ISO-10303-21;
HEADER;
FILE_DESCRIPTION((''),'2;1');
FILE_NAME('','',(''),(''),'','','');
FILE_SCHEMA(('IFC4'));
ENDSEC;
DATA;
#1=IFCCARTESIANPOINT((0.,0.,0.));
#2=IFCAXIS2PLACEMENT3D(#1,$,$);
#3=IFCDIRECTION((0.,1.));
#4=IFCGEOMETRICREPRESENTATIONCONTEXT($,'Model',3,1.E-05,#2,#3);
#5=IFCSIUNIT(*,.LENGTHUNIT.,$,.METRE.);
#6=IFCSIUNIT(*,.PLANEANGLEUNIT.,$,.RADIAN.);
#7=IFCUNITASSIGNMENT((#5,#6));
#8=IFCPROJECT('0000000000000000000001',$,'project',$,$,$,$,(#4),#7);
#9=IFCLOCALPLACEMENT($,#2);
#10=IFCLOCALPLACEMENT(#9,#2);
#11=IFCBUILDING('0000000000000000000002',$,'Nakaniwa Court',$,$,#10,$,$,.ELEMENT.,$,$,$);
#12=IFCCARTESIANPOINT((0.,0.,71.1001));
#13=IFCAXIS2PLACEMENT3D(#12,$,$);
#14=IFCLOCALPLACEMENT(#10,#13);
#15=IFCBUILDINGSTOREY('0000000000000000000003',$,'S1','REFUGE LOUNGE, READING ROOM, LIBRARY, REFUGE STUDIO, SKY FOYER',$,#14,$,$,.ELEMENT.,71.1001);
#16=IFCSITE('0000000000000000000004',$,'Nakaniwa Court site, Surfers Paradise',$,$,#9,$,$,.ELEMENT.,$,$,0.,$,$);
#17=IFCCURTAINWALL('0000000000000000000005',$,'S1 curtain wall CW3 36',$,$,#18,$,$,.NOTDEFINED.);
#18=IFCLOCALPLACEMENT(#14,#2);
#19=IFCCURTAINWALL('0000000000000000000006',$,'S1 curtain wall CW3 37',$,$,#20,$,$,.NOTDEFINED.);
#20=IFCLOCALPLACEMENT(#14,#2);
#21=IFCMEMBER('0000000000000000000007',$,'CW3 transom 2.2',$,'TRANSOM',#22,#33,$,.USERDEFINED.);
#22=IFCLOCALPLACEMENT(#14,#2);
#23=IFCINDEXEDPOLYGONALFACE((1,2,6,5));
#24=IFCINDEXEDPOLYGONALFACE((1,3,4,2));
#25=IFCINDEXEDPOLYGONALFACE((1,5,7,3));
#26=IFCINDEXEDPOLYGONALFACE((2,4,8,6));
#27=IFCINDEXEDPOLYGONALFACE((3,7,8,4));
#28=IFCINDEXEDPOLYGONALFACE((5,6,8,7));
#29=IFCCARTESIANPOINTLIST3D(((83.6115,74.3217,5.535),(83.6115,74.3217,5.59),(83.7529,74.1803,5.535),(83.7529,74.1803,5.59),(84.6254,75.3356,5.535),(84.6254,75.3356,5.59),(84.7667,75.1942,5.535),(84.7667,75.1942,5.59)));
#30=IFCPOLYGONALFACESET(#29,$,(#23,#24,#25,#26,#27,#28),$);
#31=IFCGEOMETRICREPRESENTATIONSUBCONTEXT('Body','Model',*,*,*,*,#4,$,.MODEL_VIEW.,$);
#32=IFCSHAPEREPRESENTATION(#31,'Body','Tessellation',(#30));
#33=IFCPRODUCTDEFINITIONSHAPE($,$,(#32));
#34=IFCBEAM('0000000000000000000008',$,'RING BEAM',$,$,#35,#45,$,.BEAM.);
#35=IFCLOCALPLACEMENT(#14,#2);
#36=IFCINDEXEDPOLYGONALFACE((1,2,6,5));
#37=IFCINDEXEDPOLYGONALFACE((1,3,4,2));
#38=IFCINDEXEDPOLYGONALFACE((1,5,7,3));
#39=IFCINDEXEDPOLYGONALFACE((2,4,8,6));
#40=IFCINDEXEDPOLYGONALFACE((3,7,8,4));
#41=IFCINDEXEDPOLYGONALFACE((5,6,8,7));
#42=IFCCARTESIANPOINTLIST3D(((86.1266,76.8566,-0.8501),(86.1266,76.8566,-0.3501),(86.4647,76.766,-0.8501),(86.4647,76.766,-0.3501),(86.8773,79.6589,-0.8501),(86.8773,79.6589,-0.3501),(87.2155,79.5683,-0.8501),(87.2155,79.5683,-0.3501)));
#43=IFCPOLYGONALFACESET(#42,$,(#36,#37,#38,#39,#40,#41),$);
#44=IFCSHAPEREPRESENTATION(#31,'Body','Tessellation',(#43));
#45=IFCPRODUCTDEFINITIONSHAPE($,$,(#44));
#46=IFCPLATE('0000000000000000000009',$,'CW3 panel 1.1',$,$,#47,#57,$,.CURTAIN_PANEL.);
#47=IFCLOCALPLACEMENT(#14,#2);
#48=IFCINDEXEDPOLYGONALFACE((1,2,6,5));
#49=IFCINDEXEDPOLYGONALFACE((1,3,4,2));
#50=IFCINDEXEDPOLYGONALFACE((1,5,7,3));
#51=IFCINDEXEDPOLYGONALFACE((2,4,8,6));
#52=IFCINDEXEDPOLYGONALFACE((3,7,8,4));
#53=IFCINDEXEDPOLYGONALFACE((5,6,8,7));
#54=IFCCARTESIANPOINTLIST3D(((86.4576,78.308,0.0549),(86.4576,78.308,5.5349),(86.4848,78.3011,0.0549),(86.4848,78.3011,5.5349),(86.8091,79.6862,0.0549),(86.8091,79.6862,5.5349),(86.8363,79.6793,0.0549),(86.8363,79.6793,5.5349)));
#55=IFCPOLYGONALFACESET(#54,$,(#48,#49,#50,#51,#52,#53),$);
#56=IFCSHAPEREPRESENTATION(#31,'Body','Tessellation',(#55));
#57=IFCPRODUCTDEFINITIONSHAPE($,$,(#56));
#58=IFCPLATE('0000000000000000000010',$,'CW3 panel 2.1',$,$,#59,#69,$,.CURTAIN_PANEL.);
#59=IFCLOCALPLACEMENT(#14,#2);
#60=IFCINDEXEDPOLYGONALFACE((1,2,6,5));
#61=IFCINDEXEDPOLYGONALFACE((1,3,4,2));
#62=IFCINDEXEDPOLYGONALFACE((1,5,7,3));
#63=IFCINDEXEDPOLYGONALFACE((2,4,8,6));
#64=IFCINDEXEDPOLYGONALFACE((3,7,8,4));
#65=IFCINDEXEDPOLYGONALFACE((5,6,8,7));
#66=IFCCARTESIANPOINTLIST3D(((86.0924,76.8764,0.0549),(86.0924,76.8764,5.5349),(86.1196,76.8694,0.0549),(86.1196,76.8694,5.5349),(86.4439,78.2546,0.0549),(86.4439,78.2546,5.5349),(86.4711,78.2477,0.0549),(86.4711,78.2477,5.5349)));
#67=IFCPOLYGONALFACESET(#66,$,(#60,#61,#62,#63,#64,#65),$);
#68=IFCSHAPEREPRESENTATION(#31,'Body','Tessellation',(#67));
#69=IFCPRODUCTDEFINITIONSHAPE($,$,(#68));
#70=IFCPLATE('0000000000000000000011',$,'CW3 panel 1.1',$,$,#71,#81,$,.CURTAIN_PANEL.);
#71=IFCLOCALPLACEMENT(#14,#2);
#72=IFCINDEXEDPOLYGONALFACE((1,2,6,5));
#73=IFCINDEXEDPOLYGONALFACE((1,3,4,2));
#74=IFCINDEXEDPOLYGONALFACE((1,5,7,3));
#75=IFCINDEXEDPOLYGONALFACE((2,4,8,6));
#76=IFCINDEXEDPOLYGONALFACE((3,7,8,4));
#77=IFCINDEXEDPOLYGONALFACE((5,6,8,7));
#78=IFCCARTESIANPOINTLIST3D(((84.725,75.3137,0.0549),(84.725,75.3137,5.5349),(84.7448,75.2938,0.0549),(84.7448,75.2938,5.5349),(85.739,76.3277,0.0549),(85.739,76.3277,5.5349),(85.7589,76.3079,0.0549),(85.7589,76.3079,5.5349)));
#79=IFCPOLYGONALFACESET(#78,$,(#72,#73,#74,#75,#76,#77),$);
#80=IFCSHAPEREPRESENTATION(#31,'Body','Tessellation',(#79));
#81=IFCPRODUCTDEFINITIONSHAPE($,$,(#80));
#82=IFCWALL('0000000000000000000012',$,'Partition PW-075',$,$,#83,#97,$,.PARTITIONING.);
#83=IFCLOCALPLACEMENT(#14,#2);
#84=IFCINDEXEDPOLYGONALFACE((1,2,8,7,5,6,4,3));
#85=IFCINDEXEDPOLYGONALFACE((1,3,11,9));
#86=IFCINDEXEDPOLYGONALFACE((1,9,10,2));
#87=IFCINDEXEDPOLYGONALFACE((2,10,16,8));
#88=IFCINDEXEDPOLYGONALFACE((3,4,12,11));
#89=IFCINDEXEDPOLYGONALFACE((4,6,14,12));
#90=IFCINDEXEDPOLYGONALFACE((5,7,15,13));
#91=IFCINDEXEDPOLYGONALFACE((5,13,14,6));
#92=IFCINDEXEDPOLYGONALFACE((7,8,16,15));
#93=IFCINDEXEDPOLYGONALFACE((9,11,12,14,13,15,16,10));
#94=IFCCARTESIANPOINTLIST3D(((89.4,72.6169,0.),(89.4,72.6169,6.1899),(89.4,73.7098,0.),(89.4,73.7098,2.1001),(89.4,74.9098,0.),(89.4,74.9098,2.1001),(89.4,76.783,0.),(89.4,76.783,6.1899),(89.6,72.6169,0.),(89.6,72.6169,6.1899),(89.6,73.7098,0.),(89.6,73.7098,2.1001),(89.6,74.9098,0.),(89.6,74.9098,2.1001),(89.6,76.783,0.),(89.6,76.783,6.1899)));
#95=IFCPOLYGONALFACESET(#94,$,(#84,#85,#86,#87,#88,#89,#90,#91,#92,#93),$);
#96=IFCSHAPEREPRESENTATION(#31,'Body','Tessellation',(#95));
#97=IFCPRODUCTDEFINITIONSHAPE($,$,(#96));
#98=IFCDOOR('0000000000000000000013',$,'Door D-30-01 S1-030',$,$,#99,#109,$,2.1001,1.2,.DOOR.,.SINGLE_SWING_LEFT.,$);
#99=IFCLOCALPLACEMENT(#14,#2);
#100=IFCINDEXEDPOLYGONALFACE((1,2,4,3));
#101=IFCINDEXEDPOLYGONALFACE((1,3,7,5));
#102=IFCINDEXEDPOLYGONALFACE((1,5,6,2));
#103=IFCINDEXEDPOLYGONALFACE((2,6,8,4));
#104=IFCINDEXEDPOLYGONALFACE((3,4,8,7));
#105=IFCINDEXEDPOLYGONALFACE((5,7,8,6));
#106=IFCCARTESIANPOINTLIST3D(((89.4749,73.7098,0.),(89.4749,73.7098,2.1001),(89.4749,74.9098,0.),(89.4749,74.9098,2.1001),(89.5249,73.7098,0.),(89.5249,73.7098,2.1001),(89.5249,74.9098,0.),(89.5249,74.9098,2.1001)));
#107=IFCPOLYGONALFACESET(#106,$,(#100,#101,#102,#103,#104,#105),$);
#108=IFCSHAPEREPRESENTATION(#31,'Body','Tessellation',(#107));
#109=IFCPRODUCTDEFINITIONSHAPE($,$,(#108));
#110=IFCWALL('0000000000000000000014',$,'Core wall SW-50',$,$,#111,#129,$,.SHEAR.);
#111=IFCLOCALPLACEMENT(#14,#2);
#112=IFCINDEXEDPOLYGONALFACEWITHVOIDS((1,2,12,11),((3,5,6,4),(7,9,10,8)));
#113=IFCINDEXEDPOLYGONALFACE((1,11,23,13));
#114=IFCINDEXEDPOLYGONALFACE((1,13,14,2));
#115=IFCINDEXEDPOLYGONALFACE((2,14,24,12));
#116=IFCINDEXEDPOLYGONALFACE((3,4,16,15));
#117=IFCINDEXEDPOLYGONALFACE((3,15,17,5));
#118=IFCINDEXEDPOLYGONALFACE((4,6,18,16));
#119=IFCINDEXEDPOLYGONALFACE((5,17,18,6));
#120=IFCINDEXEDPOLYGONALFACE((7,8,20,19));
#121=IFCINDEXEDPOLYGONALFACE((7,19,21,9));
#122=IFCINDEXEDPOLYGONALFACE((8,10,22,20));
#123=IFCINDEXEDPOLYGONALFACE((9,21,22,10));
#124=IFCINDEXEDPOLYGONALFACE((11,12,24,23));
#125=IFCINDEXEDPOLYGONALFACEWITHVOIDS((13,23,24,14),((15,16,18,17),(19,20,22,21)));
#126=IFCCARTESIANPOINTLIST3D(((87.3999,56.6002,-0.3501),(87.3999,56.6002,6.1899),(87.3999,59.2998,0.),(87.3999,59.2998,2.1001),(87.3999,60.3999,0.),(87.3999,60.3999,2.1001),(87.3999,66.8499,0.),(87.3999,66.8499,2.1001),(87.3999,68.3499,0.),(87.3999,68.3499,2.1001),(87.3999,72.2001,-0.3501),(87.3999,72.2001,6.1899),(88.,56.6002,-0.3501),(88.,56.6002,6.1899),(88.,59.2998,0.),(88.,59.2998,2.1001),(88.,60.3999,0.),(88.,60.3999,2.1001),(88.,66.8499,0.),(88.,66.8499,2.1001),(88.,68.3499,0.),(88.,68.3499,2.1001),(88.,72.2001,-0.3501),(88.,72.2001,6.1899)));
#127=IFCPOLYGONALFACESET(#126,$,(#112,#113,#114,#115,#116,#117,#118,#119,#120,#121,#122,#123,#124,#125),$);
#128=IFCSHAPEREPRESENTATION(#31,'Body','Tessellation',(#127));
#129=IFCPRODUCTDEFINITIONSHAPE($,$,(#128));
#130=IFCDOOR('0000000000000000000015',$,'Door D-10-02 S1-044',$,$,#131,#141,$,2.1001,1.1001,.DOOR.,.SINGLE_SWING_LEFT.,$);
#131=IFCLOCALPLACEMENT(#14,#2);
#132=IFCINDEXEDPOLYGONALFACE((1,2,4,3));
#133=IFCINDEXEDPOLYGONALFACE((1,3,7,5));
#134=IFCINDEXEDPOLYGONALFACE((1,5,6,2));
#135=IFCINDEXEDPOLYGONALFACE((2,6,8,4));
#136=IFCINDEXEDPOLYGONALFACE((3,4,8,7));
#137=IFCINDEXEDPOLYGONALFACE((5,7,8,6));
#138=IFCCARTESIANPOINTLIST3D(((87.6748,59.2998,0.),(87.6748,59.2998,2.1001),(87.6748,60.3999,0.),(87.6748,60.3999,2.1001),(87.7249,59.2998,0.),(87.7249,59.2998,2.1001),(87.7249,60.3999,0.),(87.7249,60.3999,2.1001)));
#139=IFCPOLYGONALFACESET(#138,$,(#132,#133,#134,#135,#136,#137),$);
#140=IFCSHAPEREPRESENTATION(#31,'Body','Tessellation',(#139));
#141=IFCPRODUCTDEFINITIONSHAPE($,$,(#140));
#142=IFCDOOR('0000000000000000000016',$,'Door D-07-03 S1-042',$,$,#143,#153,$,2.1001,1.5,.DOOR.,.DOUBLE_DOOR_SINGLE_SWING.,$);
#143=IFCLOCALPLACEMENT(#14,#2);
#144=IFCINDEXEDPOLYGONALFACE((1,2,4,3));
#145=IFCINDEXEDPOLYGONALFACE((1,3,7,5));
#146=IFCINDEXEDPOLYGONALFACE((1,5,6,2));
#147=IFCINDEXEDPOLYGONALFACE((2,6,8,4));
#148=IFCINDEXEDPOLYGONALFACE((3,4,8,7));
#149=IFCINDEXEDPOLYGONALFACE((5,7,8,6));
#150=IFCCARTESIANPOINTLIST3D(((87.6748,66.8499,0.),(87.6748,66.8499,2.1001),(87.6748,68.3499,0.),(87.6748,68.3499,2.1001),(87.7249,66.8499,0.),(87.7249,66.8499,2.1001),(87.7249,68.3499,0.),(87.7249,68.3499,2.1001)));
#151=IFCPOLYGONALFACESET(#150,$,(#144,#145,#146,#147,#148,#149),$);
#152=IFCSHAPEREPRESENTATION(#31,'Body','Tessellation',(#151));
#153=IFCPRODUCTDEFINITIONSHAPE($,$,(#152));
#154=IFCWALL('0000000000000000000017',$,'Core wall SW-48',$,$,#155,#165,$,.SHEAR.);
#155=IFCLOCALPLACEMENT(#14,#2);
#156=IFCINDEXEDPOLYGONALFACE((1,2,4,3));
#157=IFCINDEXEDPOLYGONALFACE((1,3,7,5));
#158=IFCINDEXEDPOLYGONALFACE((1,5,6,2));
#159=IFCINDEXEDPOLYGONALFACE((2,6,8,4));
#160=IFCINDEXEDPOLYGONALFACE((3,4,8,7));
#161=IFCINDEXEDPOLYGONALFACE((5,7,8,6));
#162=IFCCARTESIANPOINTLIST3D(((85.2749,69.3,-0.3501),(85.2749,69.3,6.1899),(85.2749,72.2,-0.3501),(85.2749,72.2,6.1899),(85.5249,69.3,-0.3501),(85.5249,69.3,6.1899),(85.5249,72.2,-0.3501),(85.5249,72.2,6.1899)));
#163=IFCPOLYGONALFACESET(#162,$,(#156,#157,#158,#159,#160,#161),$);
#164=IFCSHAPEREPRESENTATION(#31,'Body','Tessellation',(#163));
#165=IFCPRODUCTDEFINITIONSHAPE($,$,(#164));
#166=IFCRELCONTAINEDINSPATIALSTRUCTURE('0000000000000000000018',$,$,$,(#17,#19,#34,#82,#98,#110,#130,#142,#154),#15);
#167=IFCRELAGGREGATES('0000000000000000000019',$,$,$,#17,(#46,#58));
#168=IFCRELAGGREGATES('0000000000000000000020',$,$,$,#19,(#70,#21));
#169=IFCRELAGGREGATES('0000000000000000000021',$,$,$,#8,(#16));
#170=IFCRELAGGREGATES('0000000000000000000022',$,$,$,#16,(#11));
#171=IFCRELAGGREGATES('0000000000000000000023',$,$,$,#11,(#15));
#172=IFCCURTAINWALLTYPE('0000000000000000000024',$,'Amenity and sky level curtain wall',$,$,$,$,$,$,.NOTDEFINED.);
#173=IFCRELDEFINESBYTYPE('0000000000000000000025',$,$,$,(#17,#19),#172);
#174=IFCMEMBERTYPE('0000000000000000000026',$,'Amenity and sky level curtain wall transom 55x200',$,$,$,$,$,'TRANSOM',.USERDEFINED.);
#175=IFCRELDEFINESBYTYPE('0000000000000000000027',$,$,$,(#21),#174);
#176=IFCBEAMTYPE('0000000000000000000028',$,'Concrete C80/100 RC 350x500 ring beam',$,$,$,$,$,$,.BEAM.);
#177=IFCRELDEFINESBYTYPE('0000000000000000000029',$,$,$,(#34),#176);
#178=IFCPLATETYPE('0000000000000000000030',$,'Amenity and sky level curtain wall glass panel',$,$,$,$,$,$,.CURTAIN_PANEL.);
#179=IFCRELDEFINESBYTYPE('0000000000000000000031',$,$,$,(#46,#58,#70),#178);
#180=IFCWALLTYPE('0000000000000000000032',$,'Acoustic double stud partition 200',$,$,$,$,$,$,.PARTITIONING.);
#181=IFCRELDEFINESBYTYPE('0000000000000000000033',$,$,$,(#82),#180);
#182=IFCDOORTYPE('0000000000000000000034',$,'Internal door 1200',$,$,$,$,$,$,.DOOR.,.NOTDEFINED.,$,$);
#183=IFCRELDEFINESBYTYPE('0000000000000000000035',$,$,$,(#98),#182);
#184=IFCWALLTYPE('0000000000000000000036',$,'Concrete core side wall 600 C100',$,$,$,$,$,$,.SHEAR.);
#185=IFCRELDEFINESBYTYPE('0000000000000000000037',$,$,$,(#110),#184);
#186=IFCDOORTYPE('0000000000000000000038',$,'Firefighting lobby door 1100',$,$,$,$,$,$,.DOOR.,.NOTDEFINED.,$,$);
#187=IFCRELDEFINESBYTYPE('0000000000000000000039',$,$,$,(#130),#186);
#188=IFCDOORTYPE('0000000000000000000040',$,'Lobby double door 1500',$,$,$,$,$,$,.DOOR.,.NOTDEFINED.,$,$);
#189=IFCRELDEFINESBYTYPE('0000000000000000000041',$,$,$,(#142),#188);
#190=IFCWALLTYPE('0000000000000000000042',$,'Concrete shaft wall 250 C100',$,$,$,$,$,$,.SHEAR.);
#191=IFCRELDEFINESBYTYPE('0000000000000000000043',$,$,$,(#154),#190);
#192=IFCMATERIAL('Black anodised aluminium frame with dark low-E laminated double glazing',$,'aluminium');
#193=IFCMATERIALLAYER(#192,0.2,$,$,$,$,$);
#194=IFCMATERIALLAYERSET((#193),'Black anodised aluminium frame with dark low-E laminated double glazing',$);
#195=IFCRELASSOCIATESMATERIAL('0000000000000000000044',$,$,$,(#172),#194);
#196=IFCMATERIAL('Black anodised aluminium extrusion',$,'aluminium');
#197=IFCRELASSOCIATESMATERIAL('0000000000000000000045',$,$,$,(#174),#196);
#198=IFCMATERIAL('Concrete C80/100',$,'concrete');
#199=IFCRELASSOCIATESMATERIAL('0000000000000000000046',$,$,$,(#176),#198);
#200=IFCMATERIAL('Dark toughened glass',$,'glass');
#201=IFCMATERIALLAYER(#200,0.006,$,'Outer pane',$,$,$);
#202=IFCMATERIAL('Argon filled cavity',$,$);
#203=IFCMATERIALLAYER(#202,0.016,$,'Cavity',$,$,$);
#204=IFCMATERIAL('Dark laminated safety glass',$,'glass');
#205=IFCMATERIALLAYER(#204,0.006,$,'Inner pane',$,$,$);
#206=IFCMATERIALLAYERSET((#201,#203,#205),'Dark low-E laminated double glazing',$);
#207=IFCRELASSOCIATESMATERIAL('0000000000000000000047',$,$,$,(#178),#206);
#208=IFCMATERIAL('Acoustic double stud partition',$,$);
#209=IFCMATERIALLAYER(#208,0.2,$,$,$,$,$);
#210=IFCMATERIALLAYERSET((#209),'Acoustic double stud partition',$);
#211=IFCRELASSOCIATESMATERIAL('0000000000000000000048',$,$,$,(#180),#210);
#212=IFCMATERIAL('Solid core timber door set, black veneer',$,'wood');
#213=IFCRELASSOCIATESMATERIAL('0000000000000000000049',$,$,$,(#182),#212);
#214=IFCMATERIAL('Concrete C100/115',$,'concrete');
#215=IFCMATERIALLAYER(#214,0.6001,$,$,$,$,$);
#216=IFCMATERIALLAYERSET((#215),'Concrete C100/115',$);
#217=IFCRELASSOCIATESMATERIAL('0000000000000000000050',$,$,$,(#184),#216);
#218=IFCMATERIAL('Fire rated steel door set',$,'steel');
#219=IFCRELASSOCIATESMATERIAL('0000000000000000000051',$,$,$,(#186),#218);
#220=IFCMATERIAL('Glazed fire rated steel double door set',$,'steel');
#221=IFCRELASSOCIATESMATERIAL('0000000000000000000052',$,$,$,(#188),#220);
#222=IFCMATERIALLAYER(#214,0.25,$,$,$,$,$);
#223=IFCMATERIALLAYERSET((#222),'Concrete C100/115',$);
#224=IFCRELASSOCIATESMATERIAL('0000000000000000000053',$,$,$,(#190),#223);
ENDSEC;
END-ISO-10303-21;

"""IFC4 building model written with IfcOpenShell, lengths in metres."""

from ifc_helpers import new_model, si_unit, direction, frame, frame_2d, origin, origin_2d, place, context, subcontext, project, spatial, rectangle, extrude, material, layer, layer_set, material_profile, profile_set, type_object, element, fill, aggregate, save


model = new_model("IFC4")

# Units and contexts
model_context = context("Model", 3, precision=1e-05, world=origin(), true_north=direction((0.0, 1.0)))
body_context = subcontext(model_context, "Body", "Model", "MODEL_VIEW")
ifc_project = project(units=[si_unit("LENGTHUNIT", "METRE"), si_unit("PLANEANGLEUNIT", "RADIAN")], contexts=[model_context])

# Site, building, storey
site_placement = place(None, origin())
site = spatial("IfcSite", under=ifc_project, at=site_placement, Name="Nakaniwa Court site, Surfers Paradise", CompositionType="ELEMENT", RefElevation=0.0)
building_placement = place(site_placement, origin())
building = spatial("IfcBuilding", under=site, at=building_placement, Name="Nakaniwa Court", CompositionType="ELEMENT")
storey_placement = place(building_placement, frame((0.0, 0.0, 71.1001)))
storey = spatial("IfcBuildingStorey", under=building, at=storey_placement, Name="S1", Description="REFUGE LOUNGE, READING ROOM, LIBRARY, REFUGE STUDIO, SKY FOYER", CompositionType="ELEMENT", Elevation=71.1001)

# Shared definitions
ifc_material_1 = material(Name="Concrete C80/100", Category="concrete")

# Curtain walls
ifc_material_2 = material(Name="Black anodised aluminium frame with dark low-E laminated double glazing", Category="aluminium")
ifc_layer_1 = layer(ifc_material_2, 0.2)
ifc_layer_set_1 = layer_set([ifc_layer_1], Name="Black anodised aluminium frame with dark low-E laminated double glazing")
curtain_wall_type = type_object("IfcCurtainWallType", Name="Amenity and sky level curtain wall", PredefinedType="NOTDEFINED", material=ifc_layer_set_1)
curtain_wall_1_placement = place(storey_placement, origin())
curtain_wall_1 = element("IfcCurtainWall", 1, at=curtain_wall_1_placement, inside=storey, type_object=curtain_wall_type, Name="S1 curtain wall CW3 36", PredefinedType="NOTDEFINED")
ifc_material_3 = material(Name="Black anodised aluminium extrusion", Category="aluminium")
curtain_wall_2_placement = place(storey_placement, origin())
curtain_wall_2 = element("IfcCurtainWall", 2, at=curtain_wall_2_placement, inside=storey, type_object=curtain_wall_type, Name="S1 curtain wall CW3 37", PredefinedType="NOTDEFINED")

# Member
ifc_material_profile_1 = material_profile(ifc_material_3, rectangle(XDim=0.2, YDim=0.0549, at=origin_2d()), Name="Amenity and sky level curtain wall transom 55x200")
ifc_profile_set_1 = profile_set([ifc_material_profile_1], Name="Black anodised aluminium extrusion")
member_type_1 = type_object("IfcMemberType", Name="Amenity and sky level curtain wall transom 55x200", ElementType="TRANSOM", PredefinedType="USERDEFINED", material=ifc_profile_set_1)
member_1_placement = place(storey_placement, frame((84.696, 75.2649, 5.5625), z_axis=(-0.707107, -0.707107, 0.0), x_axis=(0.707107, -0.707107, 0.0)))
member_1 = element("IfcMember", 3, at=member_1_placement, type_object=member_type_1, Name="CW3 transom 2.2", ObjectType="TRANSOM", PredefinedType="USERDEFINED", context=body_context, shape_type="SweptSolid", body=[
    extrude(rectangle(XDim=0.2, YDim=0.0549, at=origin_2d()), origin(), (0.0, 0.0, 1.0), 1.4338),
])

# Beam
ifc_material_profile_2 = material_profile(ifc_material_1, rectangle(XDim=0.3501, YDim=0.5, at=origin_2d()), Name="Concrete C80/100 RC 350x500 ring beam")
ifc_profile_set_2 = profile_set([ifc_material_profile_2], Name="Concrete C80/100")
beam_type = type_object("IfcBeamType", Name="Concrete C80/100 RC 350x500 ring beam", PredefinedType="BEAM", material=ifc_profile_set_2)
beam_placement = place(storey_placement, frame((86.2957, 76.8113, -0.6001), z_axis=(0.258778, 0.965937, 0.0), x_axis=(-0.965937, 0.258778, 0.0)))
element("IfcBeam", 4, at=beam_placement, inside=storey, type_object=beam_type, Name="RING BEAM", PredefinedType="BEAM", context=body_context, shape_type="SweptSolid", body=[
    extrude(rectangle(XDim=0.3501, YDim=0.5, at=origin_2d()), origin(), (0.0, 0.0, 1.0), 2.9011),
])

# Plates
ifc_material_4 = material(Name="Dark toughened glass", Category="glass")
ifc_layer_2 = layer(ifc_material_4, 0.006, Name="Outer pane")
ifc_material_5 = material(Name="Argon filled cavity")
ifc_layer_3 = layer(ifc_material_5, 0.016, Name="Cavity")
ifc_material_6 = material(Name="Dark laminated safety glass", Category="glass")
ifc_layer_4 = layer(ifc_material_6, 0.006, Name="Inner pane")
ifc_layer_set_2 = layer_set([ifc_layer_2, ifc_layer_3, ifc_layer_4], Name="Dark low-E laminated double glazing")
plate_type = type_object("IfcPlateType", Name="Amenity and sky level curtain wall glass panel", PredefinedType="CURTAIN_PANEL", material=ifc_layer_set_2)
plate_1_placement = place(storey_placement, frame((86.647, 78.9937, 0.0549), z_axis=(0.0, 0.0, 1.0), x_axis=(-0.247114, -0.968986, 0.0)))
plate_1 = element("IfcPlate", 5, at=plate_1_placement, type_object=plate_type, Name="CW3 panel 1.1", PredefinedType="CURTAIN_PANEL", context=body_context, shape_type="SweptSolid", body=[
    extrude(rectangle(XDim=1.4224, YDim=0.0281, at=origin_2d()), origin(), (0.0, 0.0, 1.0), 5.48),
])
plate_2_placement = place(storey_placement, frame((86.2817, 77.562, 0.0549), z_axis=(0.0, 0.0, 1.0), x_axis=(-0.247114, -0.968986, 0.0)))
plate_2 = element("IfcPlate", 6, at=plate_2_placement, type_object=plate_type, Name="CW3 panel 2.1", PredefinedType="CURTAIN_PANEL", context=body_context, shape_type="SweptSolid", body=[
    extrude(rectangle(XDim=1.4224, YDim=0.0281, at=origin_2d()), origin(), (0.0, 0.0, 1.0), 5.48),
])
aggregate(curtain_wall_1, [plate_1, plate_2])
plate_3_placement = place(storey_placement, frame((85.2419, 75.8108, 0.0549), z_axis=(0.0, 0.0, 1.0), x_axis=(-0.707107, -0.707107, 0.0)))
plate_3 = element("IfcPlate", 7, at=plate_3_placement, type_object=plate_type, Name="CW3 panel 1.1", PredefinedType="CURTAIN_PANEL", context=body_context, shape_type="SweptSolid", body=[
    extrude(rectangle(XDim=1.4341, YDim=0.0281, at=origin_2d()), origin(), (0.0, 0.0, 1.0), 5.48),
])
aggregate(curtain_wall_2, [plate_3, member_1])

# Wall, opening, door
ifc_material_7 = material(Name="Acoustic double stud partition")
ifc_layer_5 = layer(ifc_material_7, 0.2)
ifc_layer_set_3 = layer_set([ifc_layer_5], Name="Acoustic double stud partition")
wall_type_1 = type_object("IfcWallType", Name="Acoustic double stud partition 200", PredefinedType="PARTITIONING", material=ifc_layer_set_3)
wall_1_placement = place(storey_placement, frame((89.5, 76.783, 0.0), z_axis=(0.0, 0.0, 1.0), x_axis=(0.0, -1.0, 0.0)))
wall_1 = element("IfcWall", 8, at=wall_1_placement, inside=storey, type_object=wall_type_1, Name="Partition PW-075", PredefinedType="PARTITIONING", context=body_context, shape_type="SweptSolid", body=[
    extrude(rectangle(XDim=4.166, YDim=0.2, at=frame_2d((2.083, 0.0))), origin(), (0.0, 0.0, 1.0), 6.1899),
])
opening_1_placement = place(wall_1_placement, frame((1.873, 0.0, 0.0)))
opening_1 = element("IfcOpeningElement", 9, at=opening_1_placement, cuts=wall_1, PredefinedType="OPENING", context=body_context, shape_type="SweptSolid", body=[
    extrude(rectangle(XDim=1.2, YDim=2.1001, at=frame_2d((0.6001, 1.05))), frame((0.0, 0.1099, 0.0), z_axis=(0.0, -1.0, 0.0), x_axis=(1.0, 0.0, 0.0)), (0.0, 0.0, 1.0), 0.22),
])
ifc_material_8 = material(Name="Solid core timber door set, black veneer", Category="wood")
door_type_1 = type_object("IfcDoorType", Name="Internal door 1200", OperationType="NOTDEFINED", PredefinedType="DOOR", material=ifc_material_8)
door_1_placement = place(opening_1_placement, origin())
door_1 = element("IfcDoor", 10, at=door_1_placement, inside=storey, type_object=door_type_1, Name="Door D-30-01 S1-030", OperationType="SINGLE_SWING_LEFT", OverallHeight=2.1001, OverallWidth=1.2, PredefinedType="DOOR", context=body_context, shape_type="SweptSolid", body=[
    extrude(rectangle(XDim=1.2, YDim=2.1001, at=frame_2d((0.6001, 1.05))), frame((0.0, 0.0249, 0.0), z_axis=(0.0, -1.0, 0.0), x_axis=(1.0, 0.0, 0.0)), (0.0, 0.0, 1.0), 0.05),
])
fill(opening_1, door_1)

# Wall, openings, doors
ifc_material_9 = material(Name="Concrete C100/115", Category="concrete")
ifc_layer_6 = layer(ifc_material_9, 0.6001)
ifc_layer_set_4 = layer_set([ifc_layer_6], Name="Concrete C100/115")
wall_type_2 = type_object("IfcWallType", Name="Concrete core side wall 600 C100", PredefinedType="SHEAR", material=ifc_layer_set_4)
wall_2_placement = place(storey_placement, frame((87.7, 72.2, -0.3501), z_axis=(0.0, 0.0, 1.0), x_axis=(0.0, -1.0, 0.0)))
wall_2 = element("IfcWall", 11, at=wall_2_placement, inside=storey, type_object=wall_type_2, Name="Core wall SW-50", PredefinedType="SHEAR", context=body_context, shape_type="SweptSolid", body=[
    extrude(rectangle(XDim=15.5999, YDim=0.6001, at=frame_2d((7.7998, 0.0))), origin(), (0.0, 0.0, 1.0), 6.54),
])
opening_2_placement = place(wall_2_placement, frame((3.8501, 0.0, 0.3501)))
opening_2 = element("IfcOpeningElement", 12, at=opening_2_placement, cuts=wall_2, PredefinedType="OPENING", context=body_context, shape_type="SweptSolid", body=[
    extrude(rectangle(XDim=1.5, YDim=2.1001, at=frame_2d((0.75, 1.05))), frame((0.0, 0.3101, 0.0), z_axis=(0.0, -1.0, 0.0), x_axis=(1.0, 0.0, 0.0)), (0.0, 0.0, 1.0), 0.6201),
])
opening_3_placement = place(wall_2_placement, frame((11.8, 0.0, 0.3501)))
opening_3 = element("IfcOpeningElement", 13, at=opening_3_placement, cuts=wall_2, PredefinedType="OPENING", context=body_context, shape_type="SweptSolid", body=[
    extrude(rectangle(XDim=1.1001, YDim=2.1001, at=frame_2d((0.55, 1.05))), frame((0.0, 0.3101, 0.0), z_axis=(0.0, -1.0, 0.0), x_axis=(1.0, 0.0, 0.0)), (0.0, 0.0, 1.0), 0.6201),
])
ifc_material_10 = material(Name="Fire rated steel door set", Category="steel")
door_type_2 = type_object("IfcDoorType", Name="Firefighting lobby door 1100", OperationType="NOTDEFINED", PredefinedType="DOOR", material=ifc_material_10)
door_2_placement = place(opening_3_placement, origin())
door_2 = element("IfcDoor", 14, at=door_2_placement, inside=storey, type_object=door_type_2, Name="Door D-10-02 S1-044", OperationType="SINGLE_SWING_LEFT", OverallHeight=2.1001, OverallWidth=1.1001, PredefinedType="DOOR", context=body_context, shape_type="SweptSolid", body=[
    extrude(rectangle(XDim=1.1001, YDim=2.1001, at=frame_2d((0.55, 1.05))), frame((0.0, 0.0249, 0.0), z_axis=(0.0, -1.0, 0.0), x_axis=(1.0, 0.0, 0.0)), (0.0, 0.0, 1.0), 0.05),
])
fill(opening_3, door_2)
ifc_material_11 = material(Name="Glazed fire rated steel double door set", Category="steel")
door_type_3 = type_object("IfcDoorType", Name="Lobby double door 1500", OperationType="NOTDEFINED", PredefinedType="DOOR", material=ifc_material_11)
door_3_placement = place(opening_2_placement, origin())
door_3 = element("IfcDoor", 15, at=door_3_placement, inside=storey, type_object=door_type_3, Name="Door D-07-03 S1-042", OperationType="DOUBLE_DOOR_SINGLE_SWING", OverallHeight=2.1001, OverallWidth=1.5, PredefinedType="DOOR", context=body_context, shape_type="SweptSolid", body=[
    extrude(rectangle(XDim=1.5, YDim=2.1001, at=frame_2d((0.75, 1.05))), frame((0.0, 0.0249, 0.0), z_axis=(0.0, -1.0, 0.0), x_axis=(1.0, 0.0, 0.0)), (0.0, 0.0, 1.0), 0.05),
])
fill(opening_2, door_3)

# Wall
ifc_layer_7 = layer(ifc_material_9, 0.25)
ifc_layer_set_5 = layer_set([ifc_layer_7], Name="Concrete C100/115")
wall_type_3 = type_object("IfcWallType", Name="Concrete shaft wall 250 C100", PredefinedType="SHEAR", material=ifc_layer_set_5)
wall_3_placement = place(storey_placement, frame((85.3999, 69.3, -0.3501), z_axis=(0.0, 0.0, 1.0), x_axis=(0.0, 1.0, 0.0)))
element("IfcWall", 16, at=wall_3_placement, inside=storey, type_object=wall_type_3, Name="Core wall SW-48", PredefinedType="SHEAR", context=body_context, shape_type="SweptSolid", body=[
    extrude(rectangle(XDim=2.8999, YDim=0.25, at=frame_2d((1.45, 0.0))), origin(), (0.0, 0.0, 1.0), 6.54),
])

save(model, "model.ifc")
